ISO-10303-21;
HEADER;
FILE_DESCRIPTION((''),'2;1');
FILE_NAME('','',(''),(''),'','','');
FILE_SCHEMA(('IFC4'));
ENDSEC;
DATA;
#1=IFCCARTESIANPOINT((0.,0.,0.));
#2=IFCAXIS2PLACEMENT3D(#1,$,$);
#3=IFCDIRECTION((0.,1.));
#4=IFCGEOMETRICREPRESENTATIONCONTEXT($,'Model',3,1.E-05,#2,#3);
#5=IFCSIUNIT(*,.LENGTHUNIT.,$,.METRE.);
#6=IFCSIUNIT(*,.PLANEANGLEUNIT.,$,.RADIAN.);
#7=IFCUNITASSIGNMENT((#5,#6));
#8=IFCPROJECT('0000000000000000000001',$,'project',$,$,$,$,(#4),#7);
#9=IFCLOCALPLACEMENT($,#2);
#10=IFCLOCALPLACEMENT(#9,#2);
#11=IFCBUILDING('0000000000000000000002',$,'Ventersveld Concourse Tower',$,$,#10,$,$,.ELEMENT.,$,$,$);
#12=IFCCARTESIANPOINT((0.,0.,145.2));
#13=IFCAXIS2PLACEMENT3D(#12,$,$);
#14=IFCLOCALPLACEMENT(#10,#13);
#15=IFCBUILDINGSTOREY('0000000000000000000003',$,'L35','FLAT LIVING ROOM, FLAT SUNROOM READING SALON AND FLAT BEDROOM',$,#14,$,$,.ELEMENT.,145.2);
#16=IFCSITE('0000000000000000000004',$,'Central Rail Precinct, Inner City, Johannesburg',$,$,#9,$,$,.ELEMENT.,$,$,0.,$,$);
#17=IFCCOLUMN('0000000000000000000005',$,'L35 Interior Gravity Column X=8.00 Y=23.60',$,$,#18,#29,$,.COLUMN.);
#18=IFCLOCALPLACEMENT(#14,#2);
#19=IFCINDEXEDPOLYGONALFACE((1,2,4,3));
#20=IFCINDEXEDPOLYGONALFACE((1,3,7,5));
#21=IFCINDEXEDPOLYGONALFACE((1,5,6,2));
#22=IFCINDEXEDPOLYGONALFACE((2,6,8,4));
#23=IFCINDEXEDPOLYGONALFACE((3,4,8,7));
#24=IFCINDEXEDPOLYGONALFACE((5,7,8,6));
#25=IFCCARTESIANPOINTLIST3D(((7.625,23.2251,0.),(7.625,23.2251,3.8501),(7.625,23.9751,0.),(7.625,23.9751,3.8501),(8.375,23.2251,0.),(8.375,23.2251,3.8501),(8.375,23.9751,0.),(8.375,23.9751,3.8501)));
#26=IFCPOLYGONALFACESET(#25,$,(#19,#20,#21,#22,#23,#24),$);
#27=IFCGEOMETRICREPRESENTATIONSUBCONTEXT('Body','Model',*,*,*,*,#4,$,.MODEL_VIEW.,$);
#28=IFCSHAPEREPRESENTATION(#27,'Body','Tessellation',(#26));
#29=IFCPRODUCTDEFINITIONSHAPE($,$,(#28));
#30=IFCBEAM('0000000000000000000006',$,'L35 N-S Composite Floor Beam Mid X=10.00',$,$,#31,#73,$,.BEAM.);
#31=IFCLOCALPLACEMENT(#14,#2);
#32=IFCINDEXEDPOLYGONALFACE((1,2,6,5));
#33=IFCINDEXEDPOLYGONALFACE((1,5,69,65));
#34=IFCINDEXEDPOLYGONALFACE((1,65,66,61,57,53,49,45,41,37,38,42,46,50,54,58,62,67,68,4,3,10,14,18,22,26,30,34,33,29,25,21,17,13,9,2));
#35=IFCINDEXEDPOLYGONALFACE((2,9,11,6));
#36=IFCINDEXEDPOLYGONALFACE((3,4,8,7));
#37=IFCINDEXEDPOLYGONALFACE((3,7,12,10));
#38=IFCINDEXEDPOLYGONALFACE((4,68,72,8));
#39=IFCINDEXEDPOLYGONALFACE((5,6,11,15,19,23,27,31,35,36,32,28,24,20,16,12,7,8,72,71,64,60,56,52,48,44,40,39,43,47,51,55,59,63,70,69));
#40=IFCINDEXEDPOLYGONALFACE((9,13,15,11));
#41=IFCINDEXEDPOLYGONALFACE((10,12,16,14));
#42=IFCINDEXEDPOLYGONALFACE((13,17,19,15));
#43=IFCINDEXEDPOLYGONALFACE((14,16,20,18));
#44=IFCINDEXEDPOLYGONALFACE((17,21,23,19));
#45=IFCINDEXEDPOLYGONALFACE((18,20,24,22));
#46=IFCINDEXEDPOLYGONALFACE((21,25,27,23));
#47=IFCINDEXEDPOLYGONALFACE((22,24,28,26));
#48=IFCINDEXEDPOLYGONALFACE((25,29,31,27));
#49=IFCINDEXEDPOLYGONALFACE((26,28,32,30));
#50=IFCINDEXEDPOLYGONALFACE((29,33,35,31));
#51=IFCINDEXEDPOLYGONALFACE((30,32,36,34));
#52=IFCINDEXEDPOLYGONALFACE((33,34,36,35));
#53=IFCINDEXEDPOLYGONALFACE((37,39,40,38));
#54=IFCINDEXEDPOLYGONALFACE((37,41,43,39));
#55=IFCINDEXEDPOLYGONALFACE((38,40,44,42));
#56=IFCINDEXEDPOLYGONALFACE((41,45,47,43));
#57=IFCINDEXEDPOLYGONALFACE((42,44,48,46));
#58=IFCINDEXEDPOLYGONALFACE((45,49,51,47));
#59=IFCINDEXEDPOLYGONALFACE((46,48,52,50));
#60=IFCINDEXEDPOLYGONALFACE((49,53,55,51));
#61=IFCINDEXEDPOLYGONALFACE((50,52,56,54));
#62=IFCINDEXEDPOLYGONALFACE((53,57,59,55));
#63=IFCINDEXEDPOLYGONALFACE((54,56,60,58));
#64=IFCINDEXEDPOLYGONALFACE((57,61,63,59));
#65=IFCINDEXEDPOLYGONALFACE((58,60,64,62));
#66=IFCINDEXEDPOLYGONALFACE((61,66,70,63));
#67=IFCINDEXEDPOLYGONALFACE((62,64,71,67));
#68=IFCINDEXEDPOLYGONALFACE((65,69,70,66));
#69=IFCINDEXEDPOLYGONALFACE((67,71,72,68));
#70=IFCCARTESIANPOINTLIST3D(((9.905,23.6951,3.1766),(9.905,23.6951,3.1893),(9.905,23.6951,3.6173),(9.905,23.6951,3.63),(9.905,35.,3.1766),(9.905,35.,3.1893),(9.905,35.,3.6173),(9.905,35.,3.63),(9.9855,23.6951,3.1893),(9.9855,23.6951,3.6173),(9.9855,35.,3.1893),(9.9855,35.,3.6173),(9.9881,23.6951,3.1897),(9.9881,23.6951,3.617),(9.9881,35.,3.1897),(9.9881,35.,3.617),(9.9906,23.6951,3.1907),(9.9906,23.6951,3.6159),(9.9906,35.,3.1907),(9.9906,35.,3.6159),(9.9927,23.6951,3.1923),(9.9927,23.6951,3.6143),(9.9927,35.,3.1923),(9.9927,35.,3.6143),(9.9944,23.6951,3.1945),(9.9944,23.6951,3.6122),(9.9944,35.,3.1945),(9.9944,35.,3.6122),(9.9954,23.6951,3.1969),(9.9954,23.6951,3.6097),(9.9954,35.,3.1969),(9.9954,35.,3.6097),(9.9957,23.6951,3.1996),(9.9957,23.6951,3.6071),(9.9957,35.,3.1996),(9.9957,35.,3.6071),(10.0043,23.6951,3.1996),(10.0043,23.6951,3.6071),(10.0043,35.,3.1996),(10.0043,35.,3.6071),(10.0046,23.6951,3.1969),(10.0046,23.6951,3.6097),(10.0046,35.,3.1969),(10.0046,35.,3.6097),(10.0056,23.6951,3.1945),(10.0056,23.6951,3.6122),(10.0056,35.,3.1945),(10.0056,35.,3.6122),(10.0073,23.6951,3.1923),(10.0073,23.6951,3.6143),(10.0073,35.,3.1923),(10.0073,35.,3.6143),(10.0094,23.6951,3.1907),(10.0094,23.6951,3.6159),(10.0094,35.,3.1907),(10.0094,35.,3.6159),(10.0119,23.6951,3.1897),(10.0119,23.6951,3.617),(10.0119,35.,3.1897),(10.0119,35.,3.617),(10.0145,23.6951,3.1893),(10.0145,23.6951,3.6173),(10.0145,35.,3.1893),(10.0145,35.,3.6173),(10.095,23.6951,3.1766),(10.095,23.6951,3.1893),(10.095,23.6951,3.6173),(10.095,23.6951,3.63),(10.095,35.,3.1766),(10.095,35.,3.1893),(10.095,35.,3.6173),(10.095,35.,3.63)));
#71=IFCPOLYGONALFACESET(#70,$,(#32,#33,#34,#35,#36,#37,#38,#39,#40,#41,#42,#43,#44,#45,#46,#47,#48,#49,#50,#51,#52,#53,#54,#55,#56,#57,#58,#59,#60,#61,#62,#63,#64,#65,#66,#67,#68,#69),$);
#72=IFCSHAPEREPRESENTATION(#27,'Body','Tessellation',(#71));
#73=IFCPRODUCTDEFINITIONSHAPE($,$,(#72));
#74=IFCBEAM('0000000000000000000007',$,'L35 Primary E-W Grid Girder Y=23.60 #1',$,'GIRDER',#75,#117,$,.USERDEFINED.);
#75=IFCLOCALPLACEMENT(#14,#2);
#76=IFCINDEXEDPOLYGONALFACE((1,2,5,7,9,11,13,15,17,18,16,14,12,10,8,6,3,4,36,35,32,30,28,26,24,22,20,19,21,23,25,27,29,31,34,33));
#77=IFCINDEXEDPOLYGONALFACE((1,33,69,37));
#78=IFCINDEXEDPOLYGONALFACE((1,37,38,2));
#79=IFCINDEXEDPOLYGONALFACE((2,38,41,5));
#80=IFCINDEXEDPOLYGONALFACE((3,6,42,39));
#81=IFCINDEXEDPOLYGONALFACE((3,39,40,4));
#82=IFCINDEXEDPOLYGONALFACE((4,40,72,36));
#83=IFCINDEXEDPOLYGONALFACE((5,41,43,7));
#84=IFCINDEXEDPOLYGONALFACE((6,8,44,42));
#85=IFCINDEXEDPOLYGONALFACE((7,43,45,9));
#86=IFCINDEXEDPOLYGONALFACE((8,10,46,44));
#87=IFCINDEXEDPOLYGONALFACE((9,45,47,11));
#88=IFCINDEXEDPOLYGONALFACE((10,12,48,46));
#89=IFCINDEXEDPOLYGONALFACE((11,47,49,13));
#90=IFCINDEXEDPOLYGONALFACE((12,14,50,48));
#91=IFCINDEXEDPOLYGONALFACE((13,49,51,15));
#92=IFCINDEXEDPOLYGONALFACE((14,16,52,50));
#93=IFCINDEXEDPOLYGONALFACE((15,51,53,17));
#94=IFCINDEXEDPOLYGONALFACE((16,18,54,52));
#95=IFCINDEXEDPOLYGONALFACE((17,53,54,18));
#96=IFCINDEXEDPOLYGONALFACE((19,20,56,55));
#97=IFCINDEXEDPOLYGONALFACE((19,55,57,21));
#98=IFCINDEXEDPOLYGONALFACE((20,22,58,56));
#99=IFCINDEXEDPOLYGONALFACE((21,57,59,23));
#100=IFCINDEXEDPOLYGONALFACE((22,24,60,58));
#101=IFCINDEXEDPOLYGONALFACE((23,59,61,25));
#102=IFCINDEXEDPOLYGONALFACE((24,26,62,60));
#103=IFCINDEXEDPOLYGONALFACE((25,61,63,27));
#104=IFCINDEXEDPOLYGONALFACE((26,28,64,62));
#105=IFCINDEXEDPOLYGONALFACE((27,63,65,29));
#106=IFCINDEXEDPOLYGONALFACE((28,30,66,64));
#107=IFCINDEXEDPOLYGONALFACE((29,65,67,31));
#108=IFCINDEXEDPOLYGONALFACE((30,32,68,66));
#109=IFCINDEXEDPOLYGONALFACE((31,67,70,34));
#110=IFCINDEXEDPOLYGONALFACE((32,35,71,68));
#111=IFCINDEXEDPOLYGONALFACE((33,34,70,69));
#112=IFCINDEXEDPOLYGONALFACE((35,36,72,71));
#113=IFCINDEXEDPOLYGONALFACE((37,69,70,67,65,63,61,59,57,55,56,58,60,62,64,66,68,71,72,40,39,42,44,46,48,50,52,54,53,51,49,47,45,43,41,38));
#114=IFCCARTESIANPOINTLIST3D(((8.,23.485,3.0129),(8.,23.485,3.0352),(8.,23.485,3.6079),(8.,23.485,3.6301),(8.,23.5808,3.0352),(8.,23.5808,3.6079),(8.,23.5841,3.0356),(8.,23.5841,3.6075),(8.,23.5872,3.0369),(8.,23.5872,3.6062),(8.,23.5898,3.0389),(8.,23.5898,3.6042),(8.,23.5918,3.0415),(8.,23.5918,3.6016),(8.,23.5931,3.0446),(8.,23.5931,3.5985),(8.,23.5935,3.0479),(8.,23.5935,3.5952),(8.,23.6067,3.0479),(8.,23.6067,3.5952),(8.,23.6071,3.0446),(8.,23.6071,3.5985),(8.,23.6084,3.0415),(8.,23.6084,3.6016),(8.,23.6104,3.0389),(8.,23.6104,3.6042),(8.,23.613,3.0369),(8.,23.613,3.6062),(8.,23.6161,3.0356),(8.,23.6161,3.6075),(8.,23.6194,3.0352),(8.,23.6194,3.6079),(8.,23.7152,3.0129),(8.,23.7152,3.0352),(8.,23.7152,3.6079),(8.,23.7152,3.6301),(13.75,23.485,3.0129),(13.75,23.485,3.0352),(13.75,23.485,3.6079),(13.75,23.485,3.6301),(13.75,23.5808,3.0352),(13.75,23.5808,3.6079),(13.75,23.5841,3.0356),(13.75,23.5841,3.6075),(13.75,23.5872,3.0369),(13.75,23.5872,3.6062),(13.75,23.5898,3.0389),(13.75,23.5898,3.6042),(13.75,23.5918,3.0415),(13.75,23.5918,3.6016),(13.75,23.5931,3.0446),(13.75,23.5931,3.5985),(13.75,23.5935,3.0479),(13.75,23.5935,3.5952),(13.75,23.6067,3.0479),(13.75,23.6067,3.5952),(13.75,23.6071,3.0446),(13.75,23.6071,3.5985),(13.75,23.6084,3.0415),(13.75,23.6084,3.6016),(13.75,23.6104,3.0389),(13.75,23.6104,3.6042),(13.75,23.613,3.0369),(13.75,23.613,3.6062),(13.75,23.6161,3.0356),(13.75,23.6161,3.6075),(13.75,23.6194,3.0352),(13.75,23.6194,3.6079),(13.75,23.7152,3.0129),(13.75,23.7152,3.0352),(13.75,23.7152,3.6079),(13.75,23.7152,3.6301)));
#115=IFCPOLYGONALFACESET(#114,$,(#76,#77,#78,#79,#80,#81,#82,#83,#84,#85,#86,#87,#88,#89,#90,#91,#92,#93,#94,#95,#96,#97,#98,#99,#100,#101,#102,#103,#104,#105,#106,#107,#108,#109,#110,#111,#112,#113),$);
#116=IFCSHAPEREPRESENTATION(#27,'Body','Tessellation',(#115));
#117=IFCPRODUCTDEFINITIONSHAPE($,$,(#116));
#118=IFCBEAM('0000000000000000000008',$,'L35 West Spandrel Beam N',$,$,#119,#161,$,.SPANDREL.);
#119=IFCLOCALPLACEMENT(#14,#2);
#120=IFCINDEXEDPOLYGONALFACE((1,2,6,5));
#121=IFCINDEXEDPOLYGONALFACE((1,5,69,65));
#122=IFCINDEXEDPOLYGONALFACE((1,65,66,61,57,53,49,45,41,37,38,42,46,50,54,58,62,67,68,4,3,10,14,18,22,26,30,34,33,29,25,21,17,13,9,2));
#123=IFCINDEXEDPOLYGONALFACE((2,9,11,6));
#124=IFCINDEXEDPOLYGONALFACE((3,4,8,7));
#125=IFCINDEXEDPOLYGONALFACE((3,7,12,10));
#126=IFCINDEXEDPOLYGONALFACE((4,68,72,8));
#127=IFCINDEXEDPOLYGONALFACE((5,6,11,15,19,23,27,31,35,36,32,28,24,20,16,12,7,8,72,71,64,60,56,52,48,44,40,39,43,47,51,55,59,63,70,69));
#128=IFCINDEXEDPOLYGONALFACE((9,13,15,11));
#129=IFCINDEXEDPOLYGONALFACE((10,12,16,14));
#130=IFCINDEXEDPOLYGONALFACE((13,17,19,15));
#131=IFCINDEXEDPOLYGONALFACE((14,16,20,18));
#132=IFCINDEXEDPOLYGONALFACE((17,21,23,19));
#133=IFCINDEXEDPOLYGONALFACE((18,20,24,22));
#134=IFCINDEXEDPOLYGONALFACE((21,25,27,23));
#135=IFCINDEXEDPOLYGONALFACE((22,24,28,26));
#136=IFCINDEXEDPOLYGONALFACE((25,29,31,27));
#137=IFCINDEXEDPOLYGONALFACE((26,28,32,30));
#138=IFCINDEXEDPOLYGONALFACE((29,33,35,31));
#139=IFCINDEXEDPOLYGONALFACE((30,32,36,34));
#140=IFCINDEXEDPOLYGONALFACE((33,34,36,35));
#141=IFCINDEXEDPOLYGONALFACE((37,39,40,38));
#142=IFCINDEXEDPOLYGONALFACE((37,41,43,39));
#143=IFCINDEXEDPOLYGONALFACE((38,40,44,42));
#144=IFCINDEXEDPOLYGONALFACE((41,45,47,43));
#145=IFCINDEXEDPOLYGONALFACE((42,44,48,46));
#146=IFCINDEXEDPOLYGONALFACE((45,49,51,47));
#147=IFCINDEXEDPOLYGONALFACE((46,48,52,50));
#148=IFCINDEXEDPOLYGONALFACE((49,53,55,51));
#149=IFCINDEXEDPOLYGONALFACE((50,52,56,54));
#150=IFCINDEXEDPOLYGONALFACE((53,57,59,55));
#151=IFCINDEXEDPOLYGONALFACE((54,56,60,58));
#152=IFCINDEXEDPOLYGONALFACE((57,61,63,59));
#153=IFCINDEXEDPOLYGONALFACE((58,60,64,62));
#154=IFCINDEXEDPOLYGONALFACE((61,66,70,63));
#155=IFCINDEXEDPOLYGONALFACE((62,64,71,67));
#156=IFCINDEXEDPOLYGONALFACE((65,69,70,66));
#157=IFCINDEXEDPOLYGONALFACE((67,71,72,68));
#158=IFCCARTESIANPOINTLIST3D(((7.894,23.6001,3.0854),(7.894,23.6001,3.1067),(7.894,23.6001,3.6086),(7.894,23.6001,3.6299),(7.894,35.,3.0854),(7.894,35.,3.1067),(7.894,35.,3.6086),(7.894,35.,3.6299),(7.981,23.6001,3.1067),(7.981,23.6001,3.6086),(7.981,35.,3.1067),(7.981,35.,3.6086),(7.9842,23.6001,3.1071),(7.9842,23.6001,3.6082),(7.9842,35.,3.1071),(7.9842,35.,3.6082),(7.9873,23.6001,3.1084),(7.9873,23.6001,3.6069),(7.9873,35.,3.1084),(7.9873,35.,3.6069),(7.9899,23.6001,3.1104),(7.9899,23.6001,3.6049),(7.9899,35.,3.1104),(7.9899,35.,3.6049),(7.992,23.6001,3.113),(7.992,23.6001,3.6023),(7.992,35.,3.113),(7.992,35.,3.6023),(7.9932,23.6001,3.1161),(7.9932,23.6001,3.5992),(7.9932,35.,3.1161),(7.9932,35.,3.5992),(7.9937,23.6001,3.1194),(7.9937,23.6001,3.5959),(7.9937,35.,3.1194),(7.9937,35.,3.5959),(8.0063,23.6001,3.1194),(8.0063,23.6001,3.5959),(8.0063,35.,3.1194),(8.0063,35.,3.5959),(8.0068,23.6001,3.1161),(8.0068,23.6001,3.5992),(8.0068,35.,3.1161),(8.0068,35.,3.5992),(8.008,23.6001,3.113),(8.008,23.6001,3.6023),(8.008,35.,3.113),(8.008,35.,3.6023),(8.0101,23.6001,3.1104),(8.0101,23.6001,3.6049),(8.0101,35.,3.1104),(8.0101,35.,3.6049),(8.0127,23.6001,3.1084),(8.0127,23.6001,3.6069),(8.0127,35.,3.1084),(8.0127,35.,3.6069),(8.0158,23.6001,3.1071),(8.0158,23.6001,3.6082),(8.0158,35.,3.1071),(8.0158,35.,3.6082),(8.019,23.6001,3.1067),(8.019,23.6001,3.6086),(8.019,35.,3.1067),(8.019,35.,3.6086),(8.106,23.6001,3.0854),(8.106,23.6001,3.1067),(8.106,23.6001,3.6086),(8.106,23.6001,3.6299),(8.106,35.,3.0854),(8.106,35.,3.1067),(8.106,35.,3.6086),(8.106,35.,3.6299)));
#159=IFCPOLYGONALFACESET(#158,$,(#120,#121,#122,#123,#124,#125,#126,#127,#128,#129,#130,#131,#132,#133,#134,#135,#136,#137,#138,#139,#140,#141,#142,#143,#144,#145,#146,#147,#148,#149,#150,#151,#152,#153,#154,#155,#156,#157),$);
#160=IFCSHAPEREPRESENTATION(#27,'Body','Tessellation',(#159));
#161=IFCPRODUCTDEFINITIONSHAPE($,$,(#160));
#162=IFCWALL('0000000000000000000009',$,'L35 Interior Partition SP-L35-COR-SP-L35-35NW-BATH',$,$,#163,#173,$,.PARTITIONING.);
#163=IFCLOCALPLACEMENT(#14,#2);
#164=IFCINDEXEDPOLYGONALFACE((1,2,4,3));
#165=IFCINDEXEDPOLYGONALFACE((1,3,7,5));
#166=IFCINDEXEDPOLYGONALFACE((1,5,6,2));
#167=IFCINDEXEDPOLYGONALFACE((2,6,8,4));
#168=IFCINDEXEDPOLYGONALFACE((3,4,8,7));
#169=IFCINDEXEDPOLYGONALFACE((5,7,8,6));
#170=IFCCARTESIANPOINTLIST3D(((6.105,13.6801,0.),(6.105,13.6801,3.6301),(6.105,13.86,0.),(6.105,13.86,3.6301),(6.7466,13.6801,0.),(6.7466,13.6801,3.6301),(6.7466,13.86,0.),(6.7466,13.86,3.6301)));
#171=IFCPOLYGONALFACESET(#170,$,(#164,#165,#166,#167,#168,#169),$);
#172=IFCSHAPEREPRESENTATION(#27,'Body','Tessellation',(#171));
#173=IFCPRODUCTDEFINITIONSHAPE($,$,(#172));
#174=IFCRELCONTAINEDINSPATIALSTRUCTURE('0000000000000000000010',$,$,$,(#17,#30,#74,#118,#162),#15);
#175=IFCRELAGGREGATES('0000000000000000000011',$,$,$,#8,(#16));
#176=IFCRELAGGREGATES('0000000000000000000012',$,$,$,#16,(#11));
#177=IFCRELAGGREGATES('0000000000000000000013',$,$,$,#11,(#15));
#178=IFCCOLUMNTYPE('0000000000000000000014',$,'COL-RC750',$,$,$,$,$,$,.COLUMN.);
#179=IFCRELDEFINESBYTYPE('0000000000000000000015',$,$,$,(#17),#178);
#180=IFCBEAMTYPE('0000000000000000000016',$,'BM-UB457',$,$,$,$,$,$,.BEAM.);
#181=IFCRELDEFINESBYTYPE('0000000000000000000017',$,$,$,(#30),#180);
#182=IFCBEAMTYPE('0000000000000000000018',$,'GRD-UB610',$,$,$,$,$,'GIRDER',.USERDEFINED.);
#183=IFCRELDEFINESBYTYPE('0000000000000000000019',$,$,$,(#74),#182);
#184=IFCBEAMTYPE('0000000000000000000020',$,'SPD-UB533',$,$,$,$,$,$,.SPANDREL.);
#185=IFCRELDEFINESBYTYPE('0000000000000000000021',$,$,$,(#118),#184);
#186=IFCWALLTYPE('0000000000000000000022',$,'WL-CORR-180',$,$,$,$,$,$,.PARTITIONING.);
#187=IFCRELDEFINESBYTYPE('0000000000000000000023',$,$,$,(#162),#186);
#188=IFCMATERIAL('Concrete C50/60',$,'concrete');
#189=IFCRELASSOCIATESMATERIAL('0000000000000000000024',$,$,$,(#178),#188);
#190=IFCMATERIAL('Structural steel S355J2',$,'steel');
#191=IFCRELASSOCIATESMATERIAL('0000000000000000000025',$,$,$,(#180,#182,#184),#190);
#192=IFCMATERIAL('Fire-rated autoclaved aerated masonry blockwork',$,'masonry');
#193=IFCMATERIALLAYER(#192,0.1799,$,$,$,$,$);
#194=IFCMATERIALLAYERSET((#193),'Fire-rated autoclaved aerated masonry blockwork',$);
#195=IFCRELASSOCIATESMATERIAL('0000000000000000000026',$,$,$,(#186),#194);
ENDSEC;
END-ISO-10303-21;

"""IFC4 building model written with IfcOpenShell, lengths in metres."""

from ifc_helpers import new_model, si_unit, direction, frame, frame_2d, origin, origin_2d, place, context, subcontext, project, spatial, rectangle, i_section, extrude, material, layer, layer_set, material_profile, profile_set, type_object, element, save


model = new_model("IFC4")

# Units and contexts
model_context = context("Model", 3, precision=1e-05, world=origin(), true_north=direction((0.0, 1.0)))
body_context = subcontext(model_context, "Body", "Model", "MODEL_VIEW")
ifc_project = project(units=[si_unit("LENGTHUNIT", "METRE"), si_unit("PLANEANGLEUNIT", "RADIAN")], contexts=[model_context])

# Site, building, storey
site_placement = place(None, origin())
site = spatial("IfcSite", under=ifc_project, at=site_placement, Name="Central Rail Precinct, Inner City, Johannesburg", CompositionType="ELEMENT", RefElevation=0.0)
building_placement = place(site_placement, origin())
building = spatial("IfcBuilding", under=site, at=building_placement, Name="Ventersveld Concourse Tower", CompositionType="ELEMENT")
storey_placement = place(building_placement, frame((0.0, 0.0, 145.2)))
storey = spatial("IfcBuildingStorey", under=building, at=storey_placement, Name="L35", Description="FLAT LIVING ROOM, FLAT SUNROOM READING SALON AND FLAT BEDROOM", CompositionType="ELEMENT", Elevation=145.2)

# Column
ifc_material_1 = material(Name="Concrete C50/60", Category="concrete")
ifc_material_profile_1 = material_profile(ifc_material_1, rectangle(XDim=0.75, YDim=0.75, at=origin_2d()), Name="RC 750x750")
ifc_profile_set_1 = profile_set([ifc_material_profile_1], Name="Concrete C50/60")
column_type = type_object("IfcColumnType", Name="COL-RC750", PredefinedType="COLUMN", material=ifc_profile_set_1)
column_placement = place(storey_placement, frame((8.0, 23.6001, 0.0), z_axis=(0.0, 0.0, 1.0), x_axis=(1.0, 0.0, 0.0)))
element("IfcColumn", 1, at=column_placement, inside=storey, type_object=column_type, Name="L35 Interior Gravity Column X=8.00 Y=23.60", PredefinedType="COLUMN", context=body_context, shape_type="SweptSolid", body=[
    extrude(rectangle(XDim=0.75, YDim=0.75, at=origin_2d()), origin(), (0.0, 0.0, 1.0), 3.8501),
])

# Beams
ifc_material_2 = material(Name="Structural steel S355J2", Category="steel")
ifc_material_profile_2 = material_profile(ifc_material_2, i_section(OverallWidth=0.1899, OverallDepth=0.4534, WebThickness=0.0085, FlangeThickness=0.0127, FilletRadius=0.0103, at=origin_2d()), Name="UB 457x191x67")
ifc_profile_set_2 = profile_set([ifc_material_profile_2], Name="Structural steel S355J2")
beam_type_1 = type_object("IfcBeamType", Name="BM-UB457", PredefinedType="BEAM", material=ifc_profile_set_2)
beam_1_placement = place(storey_placement, frame((10.0, 23.6951, 3.4033), z_axis=(0.0, 1.0, 0.0), x_axis=(-1.0, 0.0, 0.0)))
element("IfcBeam", 2, at=beam_1_placement, inside=storey, type_object=beam_type_1, Name="L35 N-S Composite Floor Beam Mid X=10.00", PredefinedType="BEAM", context=body_context, shape_type="SweptSolid", body=[
    extrude(i_section(OverallWidth=0.1899, OverallDepth=0.4534, WebThickness=0.0085, FlangeThickness=0.0127, FilletRadius=0.0103, at=origin_2d()), origin(), (0.0, 0.0, 1.0), 11.3049),
])
ifc_material_profile_3 = material_profile(ifc_material_2, i_section(OverallWidth=0.2302, OverallDepth=0.6172, WebThickness=0.0132, FlangeThickness=0.0222, FilletRadius=0.0127, at=origin_2d()), Name="UB 610x229x140")
ifc_profile_set_3 = profile_set([ifc_material_profile_3], Name="Structural steel S355J2")
beam_type_2 = type_object("IfcBeamType", Name="GRD-UB610", ElementType="GIRDER", PredefinedType="USERDEFINED", material=ifc_profile_set_3)
beam_2_placement = place(storey_placement, frame((8.0, 23.6001, 3.3215), z_axis=(1.0, 0.0, 0.0), x_axis=(0.0, 1.0, 0.0)))
element("IfcBeam", 3, at=beam_2_placement, inside=storey, type_object=beam_type_2, Name="L35 Primary E-W Grid Girder Y=23.60 #1", ObjectType="GIRDER", PredefinedType="USERDEFINED", context=body_context, shape_type="SweptSolid", body=[
    extrude(i_section(OverallWidth=0.2302, OverallDepth=0.6172, WebThickness=0.0132, FlangeThickness=0.0222, FilletRadius=0.0127, at=origin_2d()), origin(), (0.0, 0.0, 1.0), 5.75),
])
ifc_material_profile_4 = material_profile(ifc_material_2, i_section(OverallWidth=0.2119, OverallDepth=0.5444, WebThickness=0.0127, FlangeThickness=0.0212, FilletRadius=0.0127, at=origin_2d()), Name="UB 533x210x122")
ifc_profile_set_4 = profile_set([ifc_material_profile_4], Name="Structural steel S355J2")
beam_type_3 = type_object("IfcBeamType", Name="SPD-UB533", PredefinedType="SPANDREL", material=ifc_profile_set_4)
beam_3_placement = place(storey_placement, frame((8.0, 23.6001, 3.3577), z_axis=(0.0, 1.0, 0.0), x_axis=(-1.0, 0.0, 0.0)))
element("IfcBeam", 4, at=beam_3_placement, inside=storey, type_object=beam_type_3, Name="L35 West Spandrel Beam N", PredefinedType="SPANDREL", context=body_context, shape_type="SweptSolid", body=[
    extrude(i_section(OverallWidth=0.2119, OverallDepth=0.5444, WebThickness=0.0127, FlangeThickness=0.0212, FilletRadius=0.0127, at=origin_2d()), origin(), (0.0, 0.0, 1.0), 11.3999),
])

# Shared definitions
ifc_material_3 = material(Name="Fire-rated autoclaved aerated masonry blockwork", Category="masonry")
ifc_layer_1 = layer(ifc_material_3, 0.1799)
ifc_layer_set_1 = layer_set([ifc_layer_1], Name="Fire-rated autoclaved aerated masonry blockwork")
wall_type_1 = type_object("IfcWallType", Name="WL-CORR-180", PredefinedType="PARTITIONING", material=ifc_layer_set_1)

# Wall
wall_1_placement = place(storey_placement, frame((6.105, 13.77, 0.0), z_axis=(0.0, 0.0, 1.0), x_axis=(1.0, 0.0, 0.0)))
element("IfcWall", 5, at=wall_1_placement, inside=storey, type_object=wall_type_1, Name="L35 Interior Partition SP-L35-COR-SP-L35-35NW-BATH", PredefinedType="PARTITIONING", context=body_context, shape_type="SweptSolid", body=[
    extrude(rectangle(XDim=0.6416, YDim=0.1799, at=frame_2d((0.3208, 0.0))), origin(), (0.0, 0.0, 1.0), 3.6301),
])

save(model, "model.ifc")
